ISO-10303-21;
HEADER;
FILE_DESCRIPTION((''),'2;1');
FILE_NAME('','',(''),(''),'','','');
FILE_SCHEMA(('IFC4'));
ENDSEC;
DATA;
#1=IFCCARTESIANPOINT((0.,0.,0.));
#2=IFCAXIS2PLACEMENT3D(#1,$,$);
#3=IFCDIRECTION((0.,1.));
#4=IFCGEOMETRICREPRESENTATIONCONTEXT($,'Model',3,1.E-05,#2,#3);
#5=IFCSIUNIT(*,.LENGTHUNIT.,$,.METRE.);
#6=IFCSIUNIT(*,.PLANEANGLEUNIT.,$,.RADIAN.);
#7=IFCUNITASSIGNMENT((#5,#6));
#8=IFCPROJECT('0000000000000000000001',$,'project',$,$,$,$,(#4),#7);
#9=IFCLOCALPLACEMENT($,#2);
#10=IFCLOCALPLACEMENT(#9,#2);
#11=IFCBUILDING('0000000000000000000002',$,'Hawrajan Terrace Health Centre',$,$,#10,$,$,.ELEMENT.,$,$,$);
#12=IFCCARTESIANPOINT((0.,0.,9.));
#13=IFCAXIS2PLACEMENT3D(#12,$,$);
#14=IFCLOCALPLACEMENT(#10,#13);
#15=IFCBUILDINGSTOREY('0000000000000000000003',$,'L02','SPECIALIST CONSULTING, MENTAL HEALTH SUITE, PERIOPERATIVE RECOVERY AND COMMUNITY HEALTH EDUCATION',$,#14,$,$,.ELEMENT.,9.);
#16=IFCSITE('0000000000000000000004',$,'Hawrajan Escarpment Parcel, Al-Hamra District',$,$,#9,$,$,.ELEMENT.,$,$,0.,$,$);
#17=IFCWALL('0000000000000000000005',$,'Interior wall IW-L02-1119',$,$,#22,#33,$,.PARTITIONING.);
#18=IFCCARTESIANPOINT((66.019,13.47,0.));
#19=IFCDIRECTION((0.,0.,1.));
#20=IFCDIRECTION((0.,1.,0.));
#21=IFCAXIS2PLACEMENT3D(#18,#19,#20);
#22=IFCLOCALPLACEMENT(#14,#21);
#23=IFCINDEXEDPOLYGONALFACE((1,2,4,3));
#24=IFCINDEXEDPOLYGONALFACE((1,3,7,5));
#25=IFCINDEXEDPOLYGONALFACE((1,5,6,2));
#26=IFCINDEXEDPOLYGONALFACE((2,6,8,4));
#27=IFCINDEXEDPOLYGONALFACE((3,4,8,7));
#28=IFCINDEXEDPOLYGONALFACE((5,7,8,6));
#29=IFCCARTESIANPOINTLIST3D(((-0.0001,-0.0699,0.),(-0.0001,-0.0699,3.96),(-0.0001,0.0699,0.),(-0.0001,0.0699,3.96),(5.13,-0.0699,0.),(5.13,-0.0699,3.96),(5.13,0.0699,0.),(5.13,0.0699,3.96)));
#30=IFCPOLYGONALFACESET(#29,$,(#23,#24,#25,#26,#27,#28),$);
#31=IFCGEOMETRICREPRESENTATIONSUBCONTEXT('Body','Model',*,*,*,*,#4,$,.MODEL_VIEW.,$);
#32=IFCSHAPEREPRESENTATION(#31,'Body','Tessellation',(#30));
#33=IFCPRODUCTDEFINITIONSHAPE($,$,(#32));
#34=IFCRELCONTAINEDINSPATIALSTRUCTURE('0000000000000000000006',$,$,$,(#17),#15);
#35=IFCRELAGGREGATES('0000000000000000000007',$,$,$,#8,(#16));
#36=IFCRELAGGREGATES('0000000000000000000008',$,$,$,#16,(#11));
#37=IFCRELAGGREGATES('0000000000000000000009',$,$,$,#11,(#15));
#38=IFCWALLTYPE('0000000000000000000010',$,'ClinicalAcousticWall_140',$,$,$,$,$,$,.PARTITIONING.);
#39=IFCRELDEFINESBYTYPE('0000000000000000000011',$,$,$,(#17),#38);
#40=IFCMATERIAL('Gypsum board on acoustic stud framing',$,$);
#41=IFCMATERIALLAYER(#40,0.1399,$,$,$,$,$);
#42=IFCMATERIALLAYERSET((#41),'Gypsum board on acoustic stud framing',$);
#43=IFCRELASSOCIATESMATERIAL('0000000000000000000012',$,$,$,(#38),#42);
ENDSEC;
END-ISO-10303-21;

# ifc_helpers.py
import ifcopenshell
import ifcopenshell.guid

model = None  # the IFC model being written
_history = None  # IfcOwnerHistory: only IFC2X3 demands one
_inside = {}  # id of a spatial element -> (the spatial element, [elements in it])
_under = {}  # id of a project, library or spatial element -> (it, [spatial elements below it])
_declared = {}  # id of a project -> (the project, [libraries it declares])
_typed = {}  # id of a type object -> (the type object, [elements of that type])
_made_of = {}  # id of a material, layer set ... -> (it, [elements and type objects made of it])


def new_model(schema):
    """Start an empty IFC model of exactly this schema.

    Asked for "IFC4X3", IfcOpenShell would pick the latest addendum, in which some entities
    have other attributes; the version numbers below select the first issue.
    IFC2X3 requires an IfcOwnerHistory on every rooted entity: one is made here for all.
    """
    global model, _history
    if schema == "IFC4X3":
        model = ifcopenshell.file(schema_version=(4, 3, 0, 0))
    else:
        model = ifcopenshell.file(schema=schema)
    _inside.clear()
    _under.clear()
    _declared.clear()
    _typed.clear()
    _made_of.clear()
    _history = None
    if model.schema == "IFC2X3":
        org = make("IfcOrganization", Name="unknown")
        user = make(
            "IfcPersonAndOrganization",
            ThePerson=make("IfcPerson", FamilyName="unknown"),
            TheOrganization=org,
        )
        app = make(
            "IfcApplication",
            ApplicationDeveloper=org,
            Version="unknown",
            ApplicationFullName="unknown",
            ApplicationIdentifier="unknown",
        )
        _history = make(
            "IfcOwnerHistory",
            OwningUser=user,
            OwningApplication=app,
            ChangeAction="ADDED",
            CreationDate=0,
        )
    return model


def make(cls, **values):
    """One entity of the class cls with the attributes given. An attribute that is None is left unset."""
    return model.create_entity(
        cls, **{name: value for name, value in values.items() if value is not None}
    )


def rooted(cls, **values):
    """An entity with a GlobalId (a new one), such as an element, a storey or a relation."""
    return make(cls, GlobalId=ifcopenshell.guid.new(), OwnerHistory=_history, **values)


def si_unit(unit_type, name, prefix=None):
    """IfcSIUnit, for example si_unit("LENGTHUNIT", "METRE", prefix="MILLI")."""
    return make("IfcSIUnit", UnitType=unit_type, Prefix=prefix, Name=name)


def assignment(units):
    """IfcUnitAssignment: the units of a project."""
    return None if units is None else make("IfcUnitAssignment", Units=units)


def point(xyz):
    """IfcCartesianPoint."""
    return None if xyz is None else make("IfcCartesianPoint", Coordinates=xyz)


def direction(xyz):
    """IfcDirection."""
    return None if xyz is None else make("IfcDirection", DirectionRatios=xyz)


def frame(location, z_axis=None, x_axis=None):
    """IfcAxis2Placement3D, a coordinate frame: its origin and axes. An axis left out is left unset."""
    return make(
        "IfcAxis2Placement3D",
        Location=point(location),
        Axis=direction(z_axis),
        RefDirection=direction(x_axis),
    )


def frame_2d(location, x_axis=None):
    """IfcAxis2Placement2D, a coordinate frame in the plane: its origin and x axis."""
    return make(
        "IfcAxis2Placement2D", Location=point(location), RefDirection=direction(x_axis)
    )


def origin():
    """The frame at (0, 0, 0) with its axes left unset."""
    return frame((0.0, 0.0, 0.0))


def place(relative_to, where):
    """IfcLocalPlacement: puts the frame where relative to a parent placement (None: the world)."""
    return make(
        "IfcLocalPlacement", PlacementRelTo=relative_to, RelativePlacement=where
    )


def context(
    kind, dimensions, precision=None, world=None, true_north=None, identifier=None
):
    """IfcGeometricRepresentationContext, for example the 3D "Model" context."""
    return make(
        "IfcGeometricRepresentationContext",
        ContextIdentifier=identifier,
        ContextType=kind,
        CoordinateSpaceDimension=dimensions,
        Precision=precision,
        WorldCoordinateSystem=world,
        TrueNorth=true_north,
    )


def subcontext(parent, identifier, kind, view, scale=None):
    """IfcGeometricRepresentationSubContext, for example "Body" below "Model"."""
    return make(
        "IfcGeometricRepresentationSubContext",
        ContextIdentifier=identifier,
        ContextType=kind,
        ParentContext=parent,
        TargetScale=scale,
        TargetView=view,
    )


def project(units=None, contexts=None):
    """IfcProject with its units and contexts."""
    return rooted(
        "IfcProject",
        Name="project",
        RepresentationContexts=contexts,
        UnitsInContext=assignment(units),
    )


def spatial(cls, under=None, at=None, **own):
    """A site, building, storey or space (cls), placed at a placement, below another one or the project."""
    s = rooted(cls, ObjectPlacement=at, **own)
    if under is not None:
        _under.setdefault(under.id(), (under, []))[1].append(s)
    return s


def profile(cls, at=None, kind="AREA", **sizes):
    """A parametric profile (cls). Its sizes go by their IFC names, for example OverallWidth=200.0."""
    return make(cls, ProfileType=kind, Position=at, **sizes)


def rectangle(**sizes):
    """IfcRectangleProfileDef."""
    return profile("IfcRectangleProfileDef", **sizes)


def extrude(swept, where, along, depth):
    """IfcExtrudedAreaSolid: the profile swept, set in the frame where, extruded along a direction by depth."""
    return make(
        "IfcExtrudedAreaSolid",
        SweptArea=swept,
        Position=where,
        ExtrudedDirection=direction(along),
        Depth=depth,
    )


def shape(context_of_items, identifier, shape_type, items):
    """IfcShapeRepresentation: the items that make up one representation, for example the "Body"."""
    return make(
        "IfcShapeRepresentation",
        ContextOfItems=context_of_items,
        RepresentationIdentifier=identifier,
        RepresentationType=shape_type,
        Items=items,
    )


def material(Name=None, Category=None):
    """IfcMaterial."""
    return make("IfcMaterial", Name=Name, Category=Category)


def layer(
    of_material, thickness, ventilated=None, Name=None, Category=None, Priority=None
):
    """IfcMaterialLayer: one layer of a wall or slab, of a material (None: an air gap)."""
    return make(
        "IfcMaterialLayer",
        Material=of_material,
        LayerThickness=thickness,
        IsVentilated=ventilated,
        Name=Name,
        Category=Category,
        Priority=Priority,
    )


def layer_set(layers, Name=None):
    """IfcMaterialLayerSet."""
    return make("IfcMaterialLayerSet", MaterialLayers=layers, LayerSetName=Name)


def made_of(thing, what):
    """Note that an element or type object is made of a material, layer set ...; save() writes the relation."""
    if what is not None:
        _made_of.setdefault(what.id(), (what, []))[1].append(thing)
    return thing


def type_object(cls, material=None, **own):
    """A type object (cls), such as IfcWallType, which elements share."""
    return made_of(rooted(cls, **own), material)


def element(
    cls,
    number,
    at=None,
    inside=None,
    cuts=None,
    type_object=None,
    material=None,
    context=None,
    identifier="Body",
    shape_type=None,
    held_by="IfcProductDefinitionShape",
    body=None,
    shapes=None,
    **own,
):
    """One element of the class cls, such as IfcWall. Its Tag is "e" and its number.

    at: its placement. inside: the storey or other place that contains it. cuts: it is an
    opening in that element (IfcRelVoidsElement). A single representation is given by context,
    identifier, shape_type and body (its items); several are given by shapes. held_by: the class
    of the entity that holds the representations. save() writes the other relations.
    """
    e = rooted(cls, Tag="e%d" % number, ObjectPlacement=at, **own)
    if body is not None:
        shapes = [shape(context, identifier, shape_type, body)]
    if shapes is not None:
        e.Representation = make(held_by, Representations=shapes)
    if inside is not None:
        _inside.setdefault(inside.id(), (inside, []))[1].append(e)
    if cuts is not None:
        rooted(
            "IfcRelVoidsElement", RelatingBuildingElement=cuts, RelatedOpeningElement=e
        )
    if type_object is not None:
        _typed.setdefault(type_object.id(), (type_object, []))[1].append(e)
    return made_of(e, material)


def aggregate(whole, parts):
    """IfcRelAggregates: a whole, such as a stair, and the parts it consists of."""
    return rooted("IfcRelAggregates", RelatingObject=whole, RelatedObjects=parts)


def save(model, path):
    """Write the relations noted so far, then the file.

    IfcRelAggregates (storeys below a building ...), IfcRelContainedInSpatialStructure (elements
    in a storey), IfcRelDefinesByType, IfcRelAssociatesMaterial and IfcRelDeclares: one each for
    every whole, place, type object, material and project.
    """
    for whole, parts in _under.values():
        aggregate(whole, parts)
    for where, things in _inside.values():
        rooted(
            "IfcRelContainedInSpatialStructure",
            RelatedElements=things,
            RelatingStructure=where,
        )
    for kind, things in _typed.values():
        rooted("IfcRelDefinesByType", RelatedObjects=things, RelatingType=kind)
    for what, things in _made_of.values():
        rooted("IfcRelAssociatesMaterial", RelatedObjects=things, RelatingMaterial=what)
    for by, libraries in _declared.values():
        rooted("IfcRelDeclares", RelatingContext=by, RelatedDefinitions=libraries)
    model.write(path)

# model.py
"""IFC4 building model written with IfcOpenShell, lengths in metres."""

from ifc_helpers import new_model, si_unit, direction, frame, frame_2d, origin, place, context, subcontext, project, spatial, rectangle, extrude, material, layer, layer_set, type_object, element, save


model = new_model("IFC4")

# Units and contexts
model_context = context("Model", 3, precision=1e-05, world=origin(), true_north=direction((0.0, 1.0)))
body_context = subcontext(model_context, "Body", "Model", "MODEL_VIEW")
ifc_project = project(units=[si_unit("LENGTHUNIT", "METRE"), si_unit("PLANEANGLEUNIT", "RADIAN")], contexts=[model_context])

# Site, building, storey
site_placement = place(None, origin())
site = spatial("IfcSite", under=ifc_project, at=site_placement, Name="Hawrajan Escarpment Parcel, Al-Hamra District", CompositionType="ELEMENT", RefElevation=0.0)
building_placement = place(site_placement, origin())
building = spatial("IfcBuilding", under=site, at=building_placement, Name="Hawrajan Terrace Health Centre", CompositionType="ELEMENT")
storey_placement = place(building_placement, frame((0.0, 0.0, 9.0)))
storey = spatial("IfcBuildingStorey", under=building, at=storey_placement, Name="L02", Description="SPECIALIST CONSULTING, MENTAL HEALTH SUITE, PERIOPERATIVE RECOVERY AND COMMUNITY HEALTH EDUCATION", CompositionType="ELEMENT", Elevation=9.0)

# Shared definitions
ifc_material_1 = material(Name="Gypsum board on acoustic stud framing")
ifc_layer_1 = layer(ifc_material_1, 0.1399)
ifc_layer_set_1 = layer_set([ifc_layer_1], Name="Gypsum board on acoustic stud framing")
wall_type = type_object("IfcWallType", Name="ClinicalAcousticWall_140", PredefinedType="PARTITIONING", material=ifc_layer_set_1)

# Wall
wall_1_placement = place(storey_placement, frame((66.019, 13.47, 0.0), z_axis=(0.0, 0.0, 1.0), x_axis=(0.0, 1.0, 0.0)))
element("IfcWall", 1, at=wall_1_placement, inside=storey, type_object=wall_type, Name="Interior wall IW-L02-1119", PredefinedType="PARTITIONING", context=body_context, shape_type="SweptSolid", body=[
    extrude(rectangle(XDim=5.1301, YDim=0.1399, at=frame_2d((2.5649, 0.0))), origin(), (0.0, 0.0, 1.0), 3.96),
])

save(model, "model.ifc")
